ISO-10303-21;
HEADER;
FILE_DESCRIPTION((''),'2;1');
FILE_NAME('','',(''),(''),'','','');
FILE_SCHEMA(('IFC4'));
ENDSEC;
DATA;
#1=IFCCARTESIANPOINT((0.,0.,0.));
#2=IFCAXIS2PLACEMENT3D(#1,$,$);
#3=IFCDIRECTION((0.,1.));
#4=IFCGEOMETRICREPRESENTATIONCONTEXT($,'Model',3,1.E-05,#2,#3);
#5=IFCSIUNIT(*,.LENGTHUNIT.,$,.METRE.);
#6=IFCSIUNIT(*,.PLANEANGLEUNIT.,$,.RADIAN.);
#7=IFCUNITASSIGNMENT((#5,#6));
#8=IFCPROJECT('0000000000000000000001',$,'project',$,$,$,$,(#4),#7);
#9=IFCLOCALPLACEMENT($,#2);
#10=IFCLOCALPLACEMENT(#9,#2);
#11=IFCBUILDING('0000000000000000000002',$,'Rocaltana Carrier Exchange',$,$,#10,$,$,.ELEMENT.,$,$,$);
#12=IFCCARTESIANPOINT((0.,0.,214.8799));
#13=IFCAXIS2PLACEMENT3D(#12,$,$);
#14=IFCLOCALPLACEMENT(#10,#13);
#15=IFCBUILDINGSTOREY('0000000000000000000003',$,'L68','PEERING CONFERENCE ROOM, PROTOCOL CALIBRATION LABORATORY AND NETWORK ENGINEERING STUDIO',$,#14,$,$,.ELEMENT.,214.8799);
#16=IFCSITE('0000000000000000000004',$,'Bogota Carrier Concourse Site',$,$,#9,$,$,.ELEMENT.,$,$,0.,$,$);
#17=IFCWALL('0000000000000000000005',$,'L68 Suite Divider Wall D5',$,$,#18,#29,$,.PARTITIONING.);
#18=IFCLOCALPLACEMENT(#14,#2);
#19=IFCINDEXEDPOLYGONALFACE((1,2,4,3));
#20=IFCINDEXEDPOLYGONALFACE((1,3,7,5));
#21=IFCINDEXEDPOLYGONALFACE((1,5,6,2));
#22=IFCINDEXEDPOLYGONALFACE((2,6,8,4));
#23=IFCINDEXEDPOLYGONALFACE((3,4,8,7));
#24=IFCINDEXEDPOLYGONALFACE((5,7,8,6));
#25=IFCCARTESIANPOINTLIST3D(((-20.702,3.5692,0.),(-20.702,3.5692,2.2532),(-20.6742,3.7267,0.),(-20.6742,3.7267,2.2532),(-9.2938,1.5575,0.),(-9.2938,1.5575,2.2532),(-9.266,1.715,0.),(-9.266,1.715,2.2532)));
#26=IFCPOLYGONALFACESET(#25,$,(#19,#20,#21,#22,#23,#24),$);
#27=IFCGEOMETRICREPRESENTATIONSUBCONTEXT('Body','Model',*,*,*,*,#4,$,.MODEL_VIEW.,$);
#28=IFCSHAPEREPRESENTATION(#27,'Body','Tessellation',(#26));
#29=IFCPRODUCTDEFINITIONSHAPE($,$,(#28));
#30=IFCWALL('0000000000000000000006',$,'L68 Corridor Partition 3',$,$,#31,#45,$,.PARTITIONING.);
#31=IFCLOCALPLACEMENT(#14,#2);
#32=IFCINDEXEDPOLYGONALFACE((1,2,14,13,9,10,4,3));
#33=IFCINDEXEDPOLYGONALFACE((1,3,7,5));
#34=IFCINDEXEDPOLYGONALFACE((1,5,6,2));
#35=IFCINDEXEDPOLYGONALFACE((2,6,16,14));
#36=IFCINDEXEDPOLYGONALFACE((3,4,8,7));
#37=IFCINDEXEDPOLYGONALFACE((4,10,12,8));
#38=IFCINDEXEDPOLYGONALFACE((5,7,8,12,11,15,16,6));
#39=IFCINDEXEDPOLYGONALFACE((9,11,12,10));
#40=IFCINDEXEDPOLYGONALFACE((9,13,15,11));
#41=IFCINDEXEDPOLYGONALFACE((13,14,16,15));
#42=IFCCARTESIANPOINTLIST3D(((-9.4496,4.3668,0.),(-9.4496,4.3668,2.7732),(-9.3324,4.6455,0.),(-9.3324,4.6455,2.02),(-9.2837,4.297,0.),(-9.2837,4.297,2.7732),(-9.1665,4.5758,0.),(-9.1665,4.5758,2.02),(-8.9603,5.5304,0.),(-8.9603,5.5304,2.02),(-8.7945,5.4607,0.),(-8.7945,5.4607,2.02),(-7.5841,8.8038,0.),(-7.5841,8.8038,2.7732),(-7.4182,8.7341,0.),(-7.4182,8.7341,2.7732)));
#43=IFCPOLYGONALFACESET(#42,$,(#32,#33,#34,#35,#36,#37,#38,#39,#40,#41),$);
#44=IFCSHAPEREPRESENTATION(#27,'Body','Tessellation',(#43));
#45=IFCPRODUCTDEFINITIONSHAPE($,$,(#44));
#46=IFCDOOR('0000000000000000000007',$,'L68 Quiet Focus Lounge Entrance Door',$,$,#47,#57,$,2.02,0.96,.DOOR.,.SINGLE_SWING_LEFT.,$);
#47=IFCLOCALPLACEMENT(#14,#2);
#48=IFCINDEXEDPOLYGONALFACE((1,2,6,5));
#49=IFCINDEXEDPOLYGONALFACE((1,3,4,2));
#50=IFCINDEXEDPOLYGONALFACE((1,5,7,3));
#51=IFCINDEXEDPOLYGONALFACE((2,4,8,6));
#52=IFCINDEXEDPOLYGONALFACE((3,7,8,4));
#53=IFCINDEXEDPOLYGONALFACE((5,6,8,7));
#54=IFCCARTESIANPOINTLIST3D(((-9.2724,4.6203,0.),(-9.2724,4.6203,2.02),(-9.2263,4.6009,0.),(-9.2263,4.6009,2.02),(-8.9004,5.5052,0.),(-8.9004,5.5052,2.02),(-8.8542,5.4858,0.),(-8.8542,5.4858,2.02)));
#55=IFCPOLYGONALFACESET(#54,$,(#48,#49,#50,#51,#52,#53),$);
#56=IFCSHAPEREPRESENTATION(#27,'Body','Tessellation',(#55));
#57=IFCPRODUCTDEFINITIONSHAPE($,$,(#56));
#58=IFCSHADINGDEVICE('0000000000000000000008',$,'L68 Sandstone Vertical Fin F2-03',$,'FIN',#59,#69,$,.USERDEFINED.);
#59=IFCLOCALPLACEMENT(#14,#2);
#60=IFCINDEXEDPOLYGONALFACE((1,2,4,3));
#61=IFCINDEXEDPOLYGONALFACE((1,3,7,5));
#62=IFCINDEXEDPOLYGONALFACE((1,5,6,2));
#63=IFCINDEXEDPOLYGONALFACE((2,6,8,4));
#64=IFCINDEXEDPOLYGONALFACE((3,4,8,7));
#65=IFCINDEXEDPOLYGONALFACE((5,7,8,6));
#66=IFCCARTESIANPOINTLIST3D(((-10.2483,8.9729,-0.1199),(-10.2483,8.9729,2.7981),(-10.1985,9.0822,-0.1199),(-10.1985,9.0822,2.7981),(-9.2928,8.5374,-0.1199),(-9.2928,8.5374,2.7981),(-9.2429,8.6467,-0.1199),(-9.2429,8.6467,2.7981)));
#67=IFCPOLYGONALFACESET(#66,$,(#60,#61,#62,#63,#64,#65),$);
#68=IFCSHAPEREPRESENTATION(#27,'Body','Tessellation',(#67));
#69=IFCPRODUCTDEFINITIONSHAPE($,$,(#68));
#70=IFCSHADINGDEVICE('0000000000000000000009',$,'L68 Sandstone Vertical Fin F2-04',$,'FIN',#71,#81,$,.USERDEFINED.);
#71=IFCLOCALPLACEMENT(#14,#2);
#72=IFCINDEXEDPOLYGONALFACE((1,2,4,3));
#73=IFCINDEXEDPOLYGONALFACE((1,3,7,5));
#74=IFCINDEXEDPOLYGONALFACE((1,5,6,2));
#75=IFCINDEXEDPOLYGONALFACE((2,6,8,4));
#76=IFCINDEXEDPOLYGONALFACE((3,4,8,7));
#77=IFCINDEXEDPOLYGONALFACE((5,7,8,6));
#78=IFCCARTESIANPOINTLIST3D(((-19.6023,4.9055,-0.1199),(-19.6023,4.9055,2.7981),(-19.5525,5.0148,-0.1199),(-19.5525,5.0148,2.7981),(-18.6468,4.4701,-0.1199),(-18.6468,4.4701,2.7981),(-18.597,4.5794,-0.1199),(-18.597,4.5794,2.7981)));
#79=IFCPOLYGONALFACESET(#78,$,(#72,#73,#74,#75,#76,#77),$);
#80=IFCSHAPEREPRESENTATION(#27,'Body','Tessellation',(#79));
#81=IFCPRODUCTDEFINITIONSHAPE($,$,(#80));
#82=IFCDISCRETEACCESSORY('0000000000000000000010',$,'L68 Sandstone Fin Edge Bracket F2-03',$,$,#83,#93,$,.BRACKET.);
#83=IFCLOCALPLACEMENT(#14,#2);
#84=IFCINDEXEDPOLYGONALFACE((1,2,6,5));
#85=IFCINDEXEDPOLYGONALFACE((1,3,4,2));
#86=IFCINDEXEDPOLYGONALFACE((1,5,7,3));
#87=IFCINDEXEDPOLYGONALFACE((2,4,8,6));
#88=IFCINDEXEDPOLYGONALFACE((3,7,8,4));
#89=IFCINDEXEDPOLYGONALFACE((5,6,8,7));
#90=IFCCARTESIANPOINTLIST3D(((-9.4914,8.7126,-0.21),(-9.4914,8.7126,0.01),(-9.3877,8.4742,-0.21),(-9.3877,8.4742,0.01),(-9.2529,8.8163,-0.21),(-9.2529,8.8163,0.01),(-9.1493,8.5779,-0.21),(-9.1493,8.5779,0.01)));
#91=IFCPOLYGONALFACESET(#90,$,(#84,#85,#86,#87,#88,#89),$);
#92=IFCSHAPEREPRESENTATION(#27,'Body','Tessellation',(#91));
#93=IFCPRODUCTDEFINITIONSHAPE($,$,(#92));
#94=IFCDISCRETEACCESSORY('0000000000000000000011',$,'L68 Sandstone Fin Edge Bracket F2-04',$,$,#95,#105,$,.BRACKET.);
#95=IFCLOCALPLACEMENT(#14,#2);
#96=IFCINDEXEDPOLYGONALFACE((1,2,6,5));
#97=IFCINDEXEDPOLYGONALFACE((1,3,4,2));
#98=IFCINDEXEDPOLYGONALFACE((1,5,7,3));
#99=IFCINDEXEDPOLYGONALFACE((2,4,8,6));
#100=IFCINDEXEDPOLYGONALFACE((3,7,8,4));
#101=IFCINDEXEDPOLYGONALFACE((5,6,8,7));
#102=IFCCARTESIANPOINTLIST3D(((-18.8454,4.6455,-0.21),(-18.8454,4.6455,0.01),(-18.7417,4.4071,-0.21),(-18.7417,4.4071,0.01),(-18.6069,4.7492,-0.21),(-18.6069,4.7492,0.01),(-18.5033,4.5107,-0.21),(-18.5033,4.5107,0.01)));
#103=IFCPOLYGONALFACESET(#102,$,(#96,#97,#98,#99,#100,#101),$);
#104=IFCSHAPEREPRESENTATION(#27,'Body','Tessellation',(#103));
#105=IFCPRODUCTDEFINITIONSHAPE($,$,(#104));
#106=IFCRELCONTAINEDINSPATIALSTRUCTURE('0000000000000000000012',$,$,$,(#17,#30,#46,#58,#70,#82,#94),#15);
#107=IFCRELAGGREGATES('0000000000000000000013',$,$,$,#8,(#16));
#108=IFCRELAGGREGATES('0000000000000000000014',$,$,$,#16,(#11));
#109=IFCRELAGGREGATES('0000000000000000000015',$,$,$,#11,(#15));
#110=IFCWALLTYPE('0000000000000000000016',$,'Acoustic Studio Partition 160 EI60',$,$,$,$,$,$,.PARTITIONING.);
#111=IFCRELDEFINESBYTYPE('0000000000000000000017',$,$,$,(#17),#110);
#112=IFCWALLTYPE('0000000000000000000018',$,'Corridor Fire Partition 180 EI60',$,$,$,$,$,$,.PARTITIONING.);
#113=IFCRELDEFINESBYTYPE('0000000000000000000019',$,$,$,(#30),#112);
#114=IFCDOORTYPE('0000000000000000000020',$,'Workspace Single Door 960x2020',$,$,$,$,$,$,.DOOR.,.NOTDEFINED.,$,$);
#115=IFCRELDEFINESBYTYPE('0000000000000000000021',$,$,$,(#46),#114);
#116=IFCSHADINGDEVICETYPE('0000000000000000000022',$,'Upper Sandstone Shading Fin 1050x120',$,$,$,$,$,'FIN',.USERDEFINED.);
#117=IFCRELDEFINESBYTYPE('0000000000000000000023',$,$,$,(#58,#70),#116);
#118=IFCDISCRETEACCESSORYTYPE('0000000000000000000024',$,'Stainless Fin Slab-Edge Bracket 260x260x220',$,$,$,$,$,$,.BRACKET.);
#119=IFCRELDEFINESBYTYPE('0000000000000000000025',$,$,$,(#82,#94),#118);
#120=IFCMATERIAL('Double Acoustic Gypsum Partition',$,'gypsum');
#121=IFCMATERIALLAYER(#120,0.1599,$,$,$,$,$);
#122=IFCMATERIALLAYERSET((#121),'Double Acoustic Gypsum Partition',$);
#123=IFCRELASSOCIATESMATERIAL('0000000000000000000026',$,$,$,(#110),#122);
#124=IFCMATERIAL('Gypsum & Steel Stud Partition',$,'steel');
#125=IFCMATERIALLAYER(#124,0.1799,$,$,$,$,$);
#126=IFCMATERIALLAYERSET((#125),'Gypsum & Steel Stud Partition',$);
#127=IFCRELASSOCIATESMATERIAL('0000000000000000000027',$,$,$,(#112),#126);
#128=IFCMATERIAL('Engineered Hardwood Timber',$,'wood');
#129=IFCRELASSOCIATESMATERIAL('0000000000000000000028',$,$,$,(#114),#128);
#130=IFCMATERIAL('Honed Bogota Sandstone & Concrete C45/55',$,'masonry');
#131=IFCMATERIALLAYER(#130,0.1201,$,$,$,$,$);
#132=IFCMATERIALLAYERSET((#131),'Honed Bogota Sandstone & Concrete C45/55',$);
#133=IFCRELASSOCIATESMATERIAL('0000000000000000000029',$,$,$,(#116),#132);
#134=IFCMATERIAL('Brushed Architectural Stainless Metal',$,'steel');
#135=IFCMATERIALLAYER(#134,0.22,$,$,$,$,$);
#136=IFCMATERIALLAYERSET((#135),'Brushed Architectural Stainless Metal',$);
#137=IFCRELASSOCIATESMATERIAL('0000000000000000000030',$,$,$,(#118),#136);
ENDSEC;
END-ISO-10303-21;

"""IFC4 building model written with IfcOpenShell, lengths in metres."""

from ifc_helpers import new_model, si_unit, direction, frame, frame_2d, origin, origin_2d, place, context, subcontext, project, spatial, rectangle, extrude, material, layer, layer_set, type_object, element, fill, save


model = new_model("IFC4")

# Units and contexts
model_context = context("Model", 3, precision=1e-05, world=origin(), true_north=direction((0.0, 1.0)))
body_context = subcontext(model_context, "Body", "Model", "MODEL_VIEW")
ifc_project = project(units=[si_unit("LENGTHUNIT", "METRE"), si_unit("PLANEANGLEUNIT", "RADIAN")], contexts=[model_context])

# Site, building, storey
site_placement = place(None, origin())
site = spatial("IfcSite", under=ifc_project, at=site_placement, Name="Bogota Carrier Concourse Site", CompositionType="ELEMENT", RefElevation=0.0)
building_placement = place(site_placement, origin())
building = spatial("IfcBuilding", under=site, at=building_placement, Name="Rocaltana Carrier Exchange", CompositionType="ELEMENT")
storey_placement = place(building_placement, frame((0.0, 0.0, 214.8799)))
storey = spatial("IfcBuildingStorey", under=building, at=storey_placement, Name="L68", Description="PEERING CONFERENCE ROOM, PROTOCOL CALIBRATION LABORATORY AND NETWORK ENGINEERING STUDIO", CompositionType="ELEMENT", Elevation=214.8799)

# Wall
ifc_material_1 = material(Name="Double Acoustic Gypsum Partition", Category="gypsum")
ifc_layer_1 = layer(ifc_material_1, 0.1599)
ifc_layer_set_1 = layer_set([ifc_layer_1], Name="Double Acoustic Gypsum Partition")
wall_type_1 = type_object("IfcWallType", Name="Acoustic Studio Partition 160 EI60", PredefinedType="PARTITIONING", material=ifc_layer_set_1)
wall_1_placement = place(storey_placement, frame((-9.28, 1.6362, 0.0), z_axis=(0.0, 0.0, 1.0), x_axis=(-0.984806, 0.17366, 0.0)))
element("IfcWall", 1, at=wall_1_placement, inside=storey, type_object=wall_type_1, Name="L68 Suite Divider Wall D5", PredefinedType="PARTITIONING", context=body_context, shape_type="SweptSolid", body=[
    extrude(rectangle(XDim=11.5842, YDim=0.1599, at=frame_2d((5.792, 0.0))), origin(), (0.0, 0.0, 1.0), 2.2532),
])

# Wall, opening, door
ifc_material_2 = material(Name="Gypsum & Steel Stud Partition", Category="steel")
ifc_layer_2 = layer(ifc_material_2, 0.1799)
ifc_layer_set_2 = layer_set([ifc_layer_2], Name="Gypsum & Steel Stud Partition")
wall_type_2 = type_object("IfcWallType", Name="Corridor Fire Partition 180 EI60", PredefinedType="PARTITIONING", material=ifc_layer_set_2)
wall_2_placement = place(storey_placement, frame((-9.3667, 4.3318, 0.0), z_axis=(0.0, 0.0, 1.0), x_axis=(0.387574, 0.921839, 0.0)))
wall_2 = element("IfcWall", 2, at=wall_2_placement, inside=storey, type_object=wall_type_2, Name="L68 Corridor Partition 3", PredefinedType="PARTITIONING", context=body_context, shape_type="SweptSolid", body=[
    extrude(rectangle(XDim=4.8132, YDim=0.1799, at=frame_2d((2.4067, 0.0))), origin(), (0.0, 0.0, 1.0), 2.7732),
])
opening_placement = place(wall_2_placement, frame((0.3025, 0.0, 0.0)))
opening = element("IfcOpeningElement", 3, at=opening_placement, cuts=wall_2, PredefinedType="OPENING", context=body_context, shape_type="SweptSolid", body=[
    extrude(rectangle(XDim=0.96, YDim=2.02, at=frame_2d((0.48, 1.01))), frame((0.0, 0.0999, 0.0), z_axis=(0.0, -1.0, 0.0), x_axis=(1.0, 0.0, 0.0)), (0.0, 0.0, 1.0), 0.2),
])
ifc_material_3 = material(Name="Engineered Hardwood Timber", Category="wood")
door_type = type_object("IfcDoorType", Name="Workspace Single Door 960x2020", OperationType="NOTDEFINED", PredefinedType="DOOR", material=ifc_material_3)
door_placement = place(opening_placement, origin())
door = element("IfcDoor", 4, at=door_placement, inside=storey, type_object=door_type, Name="L68 Quiet Focus Lounge Entrance Door", OperationType="SINGLE_SWING_LEFT", OverallHeight=2.02, OverallWidth=0.96, PredefinedType="DOOR", context=body_context, shape_type="SweptSolid", body=[
    extrude(rectangle(XDim=0.96, YDim=2.02, at=frame_2d((0.48, 1.01))), frame((0.0, 0.0249, 0.0), z_axis=(0.0, -1.0, 0.0), x_axis=(1.0, 0.0, 0.0)), (0.0, 0.0, 1.0), 0.05),
])
fill(opening, door)

# Shading devices
ifc_material_4 = material(Name="Honed Bogota Sandstone & Concrete C45/55", Category="masonry")
ifc_layer_3 = layer(ifc_material_4, 0.1201)
ifc_layer_set_3 = layer_set([ifc_layer_3], Name="Honed Bogota Sandstone & Concrete C45/55")
shading_device_type = type_object("IfcShadingDeviceType", Name="Upper Sandstone Shading Fin 1050x120", ElementType="FIN", PredefinedType="USERDEFINED", material=ifc_layer_set_3)
for number, where, z_axis, x_axis, name in (
    (5, (-9.7456, 8.8098, -0.1199), (0.0, 0.0, 1.0), (-0.909961, 0.414693, 0.0), "L68 Sandstone Vertical Fin F2-03"),
    (6, (-19.0996, 4.7424, -0.1199), (0.0, 0.0, 1.0), (-0.909961, 0.414693, 0.0), "L68 Sandstone Vertical Fin F2-04"),
):
    element("IfcShadingDevice", number, at=place(storey_placement, frame(where, z_axis=z_axis, x_axis=x_axis)), inside=storey, type_object=shading_device_type, Name=name, ObjectType="FIN", PredefinedType="USERDEFINED", context=body_context, shape_type="SweptSolid", body=[
        extrude(rectangle(XDim=1.05, YDim=0.1201, at=origin_2d()), origin(), (0.0, 0.0, 1.0), 2.918),
    ])

# Discrete accessories
ifc_material_5 = material(Name="Brushed Architectural Stainless Metal", Category="steel")
ifc_layer_4 = layer(ifc_material_5, 0.22)
ifc_layer_set_4 = layer_set([ifc_layer_4], Name="Brushed Architectural Stainless Metal")
discrete_accessory_type = type_object("IfcDiscreteAccessoryType", Name="Stainless Fin Slab-Edge Bracket 260x260x220", PredefinedType="BRACKET", material=ifc_layer_set_4)
for number, where, z_axis, x_axis, name in (
    (7, (-9.3203, 8.6453, -0.21), (0.0, 0.0, 1.0), (-0.91706, -0.398749, 0.0), "L68 Sandstone Fin Edge Bracket F2-03"),
    (8, (-18.6743, 4.5781, -0.21), (0.0, 0.0, 1.0), (-0.91706, -0.398749, 0.0), "L68 Sandstone Fin Edge Bracket F2-04"),
):
    element("IfcDiscreteAccessory", number, at=place(storey_placement, frame(where, z_axis=z_axis, x_axis=x_axis)), inside=storey, type_object=discrete_accessory_type, Name=name, PredefinedType="BRACKET", context=body_context, shape_type="SweptSolid", body=[
        extrude(rectangle(XDim=0.26, YDim=0.26, at=origin_2d()), origin(), (0.0, 0.0, 1.0), 0.22),
    ])

save(model, "model.ifc")
